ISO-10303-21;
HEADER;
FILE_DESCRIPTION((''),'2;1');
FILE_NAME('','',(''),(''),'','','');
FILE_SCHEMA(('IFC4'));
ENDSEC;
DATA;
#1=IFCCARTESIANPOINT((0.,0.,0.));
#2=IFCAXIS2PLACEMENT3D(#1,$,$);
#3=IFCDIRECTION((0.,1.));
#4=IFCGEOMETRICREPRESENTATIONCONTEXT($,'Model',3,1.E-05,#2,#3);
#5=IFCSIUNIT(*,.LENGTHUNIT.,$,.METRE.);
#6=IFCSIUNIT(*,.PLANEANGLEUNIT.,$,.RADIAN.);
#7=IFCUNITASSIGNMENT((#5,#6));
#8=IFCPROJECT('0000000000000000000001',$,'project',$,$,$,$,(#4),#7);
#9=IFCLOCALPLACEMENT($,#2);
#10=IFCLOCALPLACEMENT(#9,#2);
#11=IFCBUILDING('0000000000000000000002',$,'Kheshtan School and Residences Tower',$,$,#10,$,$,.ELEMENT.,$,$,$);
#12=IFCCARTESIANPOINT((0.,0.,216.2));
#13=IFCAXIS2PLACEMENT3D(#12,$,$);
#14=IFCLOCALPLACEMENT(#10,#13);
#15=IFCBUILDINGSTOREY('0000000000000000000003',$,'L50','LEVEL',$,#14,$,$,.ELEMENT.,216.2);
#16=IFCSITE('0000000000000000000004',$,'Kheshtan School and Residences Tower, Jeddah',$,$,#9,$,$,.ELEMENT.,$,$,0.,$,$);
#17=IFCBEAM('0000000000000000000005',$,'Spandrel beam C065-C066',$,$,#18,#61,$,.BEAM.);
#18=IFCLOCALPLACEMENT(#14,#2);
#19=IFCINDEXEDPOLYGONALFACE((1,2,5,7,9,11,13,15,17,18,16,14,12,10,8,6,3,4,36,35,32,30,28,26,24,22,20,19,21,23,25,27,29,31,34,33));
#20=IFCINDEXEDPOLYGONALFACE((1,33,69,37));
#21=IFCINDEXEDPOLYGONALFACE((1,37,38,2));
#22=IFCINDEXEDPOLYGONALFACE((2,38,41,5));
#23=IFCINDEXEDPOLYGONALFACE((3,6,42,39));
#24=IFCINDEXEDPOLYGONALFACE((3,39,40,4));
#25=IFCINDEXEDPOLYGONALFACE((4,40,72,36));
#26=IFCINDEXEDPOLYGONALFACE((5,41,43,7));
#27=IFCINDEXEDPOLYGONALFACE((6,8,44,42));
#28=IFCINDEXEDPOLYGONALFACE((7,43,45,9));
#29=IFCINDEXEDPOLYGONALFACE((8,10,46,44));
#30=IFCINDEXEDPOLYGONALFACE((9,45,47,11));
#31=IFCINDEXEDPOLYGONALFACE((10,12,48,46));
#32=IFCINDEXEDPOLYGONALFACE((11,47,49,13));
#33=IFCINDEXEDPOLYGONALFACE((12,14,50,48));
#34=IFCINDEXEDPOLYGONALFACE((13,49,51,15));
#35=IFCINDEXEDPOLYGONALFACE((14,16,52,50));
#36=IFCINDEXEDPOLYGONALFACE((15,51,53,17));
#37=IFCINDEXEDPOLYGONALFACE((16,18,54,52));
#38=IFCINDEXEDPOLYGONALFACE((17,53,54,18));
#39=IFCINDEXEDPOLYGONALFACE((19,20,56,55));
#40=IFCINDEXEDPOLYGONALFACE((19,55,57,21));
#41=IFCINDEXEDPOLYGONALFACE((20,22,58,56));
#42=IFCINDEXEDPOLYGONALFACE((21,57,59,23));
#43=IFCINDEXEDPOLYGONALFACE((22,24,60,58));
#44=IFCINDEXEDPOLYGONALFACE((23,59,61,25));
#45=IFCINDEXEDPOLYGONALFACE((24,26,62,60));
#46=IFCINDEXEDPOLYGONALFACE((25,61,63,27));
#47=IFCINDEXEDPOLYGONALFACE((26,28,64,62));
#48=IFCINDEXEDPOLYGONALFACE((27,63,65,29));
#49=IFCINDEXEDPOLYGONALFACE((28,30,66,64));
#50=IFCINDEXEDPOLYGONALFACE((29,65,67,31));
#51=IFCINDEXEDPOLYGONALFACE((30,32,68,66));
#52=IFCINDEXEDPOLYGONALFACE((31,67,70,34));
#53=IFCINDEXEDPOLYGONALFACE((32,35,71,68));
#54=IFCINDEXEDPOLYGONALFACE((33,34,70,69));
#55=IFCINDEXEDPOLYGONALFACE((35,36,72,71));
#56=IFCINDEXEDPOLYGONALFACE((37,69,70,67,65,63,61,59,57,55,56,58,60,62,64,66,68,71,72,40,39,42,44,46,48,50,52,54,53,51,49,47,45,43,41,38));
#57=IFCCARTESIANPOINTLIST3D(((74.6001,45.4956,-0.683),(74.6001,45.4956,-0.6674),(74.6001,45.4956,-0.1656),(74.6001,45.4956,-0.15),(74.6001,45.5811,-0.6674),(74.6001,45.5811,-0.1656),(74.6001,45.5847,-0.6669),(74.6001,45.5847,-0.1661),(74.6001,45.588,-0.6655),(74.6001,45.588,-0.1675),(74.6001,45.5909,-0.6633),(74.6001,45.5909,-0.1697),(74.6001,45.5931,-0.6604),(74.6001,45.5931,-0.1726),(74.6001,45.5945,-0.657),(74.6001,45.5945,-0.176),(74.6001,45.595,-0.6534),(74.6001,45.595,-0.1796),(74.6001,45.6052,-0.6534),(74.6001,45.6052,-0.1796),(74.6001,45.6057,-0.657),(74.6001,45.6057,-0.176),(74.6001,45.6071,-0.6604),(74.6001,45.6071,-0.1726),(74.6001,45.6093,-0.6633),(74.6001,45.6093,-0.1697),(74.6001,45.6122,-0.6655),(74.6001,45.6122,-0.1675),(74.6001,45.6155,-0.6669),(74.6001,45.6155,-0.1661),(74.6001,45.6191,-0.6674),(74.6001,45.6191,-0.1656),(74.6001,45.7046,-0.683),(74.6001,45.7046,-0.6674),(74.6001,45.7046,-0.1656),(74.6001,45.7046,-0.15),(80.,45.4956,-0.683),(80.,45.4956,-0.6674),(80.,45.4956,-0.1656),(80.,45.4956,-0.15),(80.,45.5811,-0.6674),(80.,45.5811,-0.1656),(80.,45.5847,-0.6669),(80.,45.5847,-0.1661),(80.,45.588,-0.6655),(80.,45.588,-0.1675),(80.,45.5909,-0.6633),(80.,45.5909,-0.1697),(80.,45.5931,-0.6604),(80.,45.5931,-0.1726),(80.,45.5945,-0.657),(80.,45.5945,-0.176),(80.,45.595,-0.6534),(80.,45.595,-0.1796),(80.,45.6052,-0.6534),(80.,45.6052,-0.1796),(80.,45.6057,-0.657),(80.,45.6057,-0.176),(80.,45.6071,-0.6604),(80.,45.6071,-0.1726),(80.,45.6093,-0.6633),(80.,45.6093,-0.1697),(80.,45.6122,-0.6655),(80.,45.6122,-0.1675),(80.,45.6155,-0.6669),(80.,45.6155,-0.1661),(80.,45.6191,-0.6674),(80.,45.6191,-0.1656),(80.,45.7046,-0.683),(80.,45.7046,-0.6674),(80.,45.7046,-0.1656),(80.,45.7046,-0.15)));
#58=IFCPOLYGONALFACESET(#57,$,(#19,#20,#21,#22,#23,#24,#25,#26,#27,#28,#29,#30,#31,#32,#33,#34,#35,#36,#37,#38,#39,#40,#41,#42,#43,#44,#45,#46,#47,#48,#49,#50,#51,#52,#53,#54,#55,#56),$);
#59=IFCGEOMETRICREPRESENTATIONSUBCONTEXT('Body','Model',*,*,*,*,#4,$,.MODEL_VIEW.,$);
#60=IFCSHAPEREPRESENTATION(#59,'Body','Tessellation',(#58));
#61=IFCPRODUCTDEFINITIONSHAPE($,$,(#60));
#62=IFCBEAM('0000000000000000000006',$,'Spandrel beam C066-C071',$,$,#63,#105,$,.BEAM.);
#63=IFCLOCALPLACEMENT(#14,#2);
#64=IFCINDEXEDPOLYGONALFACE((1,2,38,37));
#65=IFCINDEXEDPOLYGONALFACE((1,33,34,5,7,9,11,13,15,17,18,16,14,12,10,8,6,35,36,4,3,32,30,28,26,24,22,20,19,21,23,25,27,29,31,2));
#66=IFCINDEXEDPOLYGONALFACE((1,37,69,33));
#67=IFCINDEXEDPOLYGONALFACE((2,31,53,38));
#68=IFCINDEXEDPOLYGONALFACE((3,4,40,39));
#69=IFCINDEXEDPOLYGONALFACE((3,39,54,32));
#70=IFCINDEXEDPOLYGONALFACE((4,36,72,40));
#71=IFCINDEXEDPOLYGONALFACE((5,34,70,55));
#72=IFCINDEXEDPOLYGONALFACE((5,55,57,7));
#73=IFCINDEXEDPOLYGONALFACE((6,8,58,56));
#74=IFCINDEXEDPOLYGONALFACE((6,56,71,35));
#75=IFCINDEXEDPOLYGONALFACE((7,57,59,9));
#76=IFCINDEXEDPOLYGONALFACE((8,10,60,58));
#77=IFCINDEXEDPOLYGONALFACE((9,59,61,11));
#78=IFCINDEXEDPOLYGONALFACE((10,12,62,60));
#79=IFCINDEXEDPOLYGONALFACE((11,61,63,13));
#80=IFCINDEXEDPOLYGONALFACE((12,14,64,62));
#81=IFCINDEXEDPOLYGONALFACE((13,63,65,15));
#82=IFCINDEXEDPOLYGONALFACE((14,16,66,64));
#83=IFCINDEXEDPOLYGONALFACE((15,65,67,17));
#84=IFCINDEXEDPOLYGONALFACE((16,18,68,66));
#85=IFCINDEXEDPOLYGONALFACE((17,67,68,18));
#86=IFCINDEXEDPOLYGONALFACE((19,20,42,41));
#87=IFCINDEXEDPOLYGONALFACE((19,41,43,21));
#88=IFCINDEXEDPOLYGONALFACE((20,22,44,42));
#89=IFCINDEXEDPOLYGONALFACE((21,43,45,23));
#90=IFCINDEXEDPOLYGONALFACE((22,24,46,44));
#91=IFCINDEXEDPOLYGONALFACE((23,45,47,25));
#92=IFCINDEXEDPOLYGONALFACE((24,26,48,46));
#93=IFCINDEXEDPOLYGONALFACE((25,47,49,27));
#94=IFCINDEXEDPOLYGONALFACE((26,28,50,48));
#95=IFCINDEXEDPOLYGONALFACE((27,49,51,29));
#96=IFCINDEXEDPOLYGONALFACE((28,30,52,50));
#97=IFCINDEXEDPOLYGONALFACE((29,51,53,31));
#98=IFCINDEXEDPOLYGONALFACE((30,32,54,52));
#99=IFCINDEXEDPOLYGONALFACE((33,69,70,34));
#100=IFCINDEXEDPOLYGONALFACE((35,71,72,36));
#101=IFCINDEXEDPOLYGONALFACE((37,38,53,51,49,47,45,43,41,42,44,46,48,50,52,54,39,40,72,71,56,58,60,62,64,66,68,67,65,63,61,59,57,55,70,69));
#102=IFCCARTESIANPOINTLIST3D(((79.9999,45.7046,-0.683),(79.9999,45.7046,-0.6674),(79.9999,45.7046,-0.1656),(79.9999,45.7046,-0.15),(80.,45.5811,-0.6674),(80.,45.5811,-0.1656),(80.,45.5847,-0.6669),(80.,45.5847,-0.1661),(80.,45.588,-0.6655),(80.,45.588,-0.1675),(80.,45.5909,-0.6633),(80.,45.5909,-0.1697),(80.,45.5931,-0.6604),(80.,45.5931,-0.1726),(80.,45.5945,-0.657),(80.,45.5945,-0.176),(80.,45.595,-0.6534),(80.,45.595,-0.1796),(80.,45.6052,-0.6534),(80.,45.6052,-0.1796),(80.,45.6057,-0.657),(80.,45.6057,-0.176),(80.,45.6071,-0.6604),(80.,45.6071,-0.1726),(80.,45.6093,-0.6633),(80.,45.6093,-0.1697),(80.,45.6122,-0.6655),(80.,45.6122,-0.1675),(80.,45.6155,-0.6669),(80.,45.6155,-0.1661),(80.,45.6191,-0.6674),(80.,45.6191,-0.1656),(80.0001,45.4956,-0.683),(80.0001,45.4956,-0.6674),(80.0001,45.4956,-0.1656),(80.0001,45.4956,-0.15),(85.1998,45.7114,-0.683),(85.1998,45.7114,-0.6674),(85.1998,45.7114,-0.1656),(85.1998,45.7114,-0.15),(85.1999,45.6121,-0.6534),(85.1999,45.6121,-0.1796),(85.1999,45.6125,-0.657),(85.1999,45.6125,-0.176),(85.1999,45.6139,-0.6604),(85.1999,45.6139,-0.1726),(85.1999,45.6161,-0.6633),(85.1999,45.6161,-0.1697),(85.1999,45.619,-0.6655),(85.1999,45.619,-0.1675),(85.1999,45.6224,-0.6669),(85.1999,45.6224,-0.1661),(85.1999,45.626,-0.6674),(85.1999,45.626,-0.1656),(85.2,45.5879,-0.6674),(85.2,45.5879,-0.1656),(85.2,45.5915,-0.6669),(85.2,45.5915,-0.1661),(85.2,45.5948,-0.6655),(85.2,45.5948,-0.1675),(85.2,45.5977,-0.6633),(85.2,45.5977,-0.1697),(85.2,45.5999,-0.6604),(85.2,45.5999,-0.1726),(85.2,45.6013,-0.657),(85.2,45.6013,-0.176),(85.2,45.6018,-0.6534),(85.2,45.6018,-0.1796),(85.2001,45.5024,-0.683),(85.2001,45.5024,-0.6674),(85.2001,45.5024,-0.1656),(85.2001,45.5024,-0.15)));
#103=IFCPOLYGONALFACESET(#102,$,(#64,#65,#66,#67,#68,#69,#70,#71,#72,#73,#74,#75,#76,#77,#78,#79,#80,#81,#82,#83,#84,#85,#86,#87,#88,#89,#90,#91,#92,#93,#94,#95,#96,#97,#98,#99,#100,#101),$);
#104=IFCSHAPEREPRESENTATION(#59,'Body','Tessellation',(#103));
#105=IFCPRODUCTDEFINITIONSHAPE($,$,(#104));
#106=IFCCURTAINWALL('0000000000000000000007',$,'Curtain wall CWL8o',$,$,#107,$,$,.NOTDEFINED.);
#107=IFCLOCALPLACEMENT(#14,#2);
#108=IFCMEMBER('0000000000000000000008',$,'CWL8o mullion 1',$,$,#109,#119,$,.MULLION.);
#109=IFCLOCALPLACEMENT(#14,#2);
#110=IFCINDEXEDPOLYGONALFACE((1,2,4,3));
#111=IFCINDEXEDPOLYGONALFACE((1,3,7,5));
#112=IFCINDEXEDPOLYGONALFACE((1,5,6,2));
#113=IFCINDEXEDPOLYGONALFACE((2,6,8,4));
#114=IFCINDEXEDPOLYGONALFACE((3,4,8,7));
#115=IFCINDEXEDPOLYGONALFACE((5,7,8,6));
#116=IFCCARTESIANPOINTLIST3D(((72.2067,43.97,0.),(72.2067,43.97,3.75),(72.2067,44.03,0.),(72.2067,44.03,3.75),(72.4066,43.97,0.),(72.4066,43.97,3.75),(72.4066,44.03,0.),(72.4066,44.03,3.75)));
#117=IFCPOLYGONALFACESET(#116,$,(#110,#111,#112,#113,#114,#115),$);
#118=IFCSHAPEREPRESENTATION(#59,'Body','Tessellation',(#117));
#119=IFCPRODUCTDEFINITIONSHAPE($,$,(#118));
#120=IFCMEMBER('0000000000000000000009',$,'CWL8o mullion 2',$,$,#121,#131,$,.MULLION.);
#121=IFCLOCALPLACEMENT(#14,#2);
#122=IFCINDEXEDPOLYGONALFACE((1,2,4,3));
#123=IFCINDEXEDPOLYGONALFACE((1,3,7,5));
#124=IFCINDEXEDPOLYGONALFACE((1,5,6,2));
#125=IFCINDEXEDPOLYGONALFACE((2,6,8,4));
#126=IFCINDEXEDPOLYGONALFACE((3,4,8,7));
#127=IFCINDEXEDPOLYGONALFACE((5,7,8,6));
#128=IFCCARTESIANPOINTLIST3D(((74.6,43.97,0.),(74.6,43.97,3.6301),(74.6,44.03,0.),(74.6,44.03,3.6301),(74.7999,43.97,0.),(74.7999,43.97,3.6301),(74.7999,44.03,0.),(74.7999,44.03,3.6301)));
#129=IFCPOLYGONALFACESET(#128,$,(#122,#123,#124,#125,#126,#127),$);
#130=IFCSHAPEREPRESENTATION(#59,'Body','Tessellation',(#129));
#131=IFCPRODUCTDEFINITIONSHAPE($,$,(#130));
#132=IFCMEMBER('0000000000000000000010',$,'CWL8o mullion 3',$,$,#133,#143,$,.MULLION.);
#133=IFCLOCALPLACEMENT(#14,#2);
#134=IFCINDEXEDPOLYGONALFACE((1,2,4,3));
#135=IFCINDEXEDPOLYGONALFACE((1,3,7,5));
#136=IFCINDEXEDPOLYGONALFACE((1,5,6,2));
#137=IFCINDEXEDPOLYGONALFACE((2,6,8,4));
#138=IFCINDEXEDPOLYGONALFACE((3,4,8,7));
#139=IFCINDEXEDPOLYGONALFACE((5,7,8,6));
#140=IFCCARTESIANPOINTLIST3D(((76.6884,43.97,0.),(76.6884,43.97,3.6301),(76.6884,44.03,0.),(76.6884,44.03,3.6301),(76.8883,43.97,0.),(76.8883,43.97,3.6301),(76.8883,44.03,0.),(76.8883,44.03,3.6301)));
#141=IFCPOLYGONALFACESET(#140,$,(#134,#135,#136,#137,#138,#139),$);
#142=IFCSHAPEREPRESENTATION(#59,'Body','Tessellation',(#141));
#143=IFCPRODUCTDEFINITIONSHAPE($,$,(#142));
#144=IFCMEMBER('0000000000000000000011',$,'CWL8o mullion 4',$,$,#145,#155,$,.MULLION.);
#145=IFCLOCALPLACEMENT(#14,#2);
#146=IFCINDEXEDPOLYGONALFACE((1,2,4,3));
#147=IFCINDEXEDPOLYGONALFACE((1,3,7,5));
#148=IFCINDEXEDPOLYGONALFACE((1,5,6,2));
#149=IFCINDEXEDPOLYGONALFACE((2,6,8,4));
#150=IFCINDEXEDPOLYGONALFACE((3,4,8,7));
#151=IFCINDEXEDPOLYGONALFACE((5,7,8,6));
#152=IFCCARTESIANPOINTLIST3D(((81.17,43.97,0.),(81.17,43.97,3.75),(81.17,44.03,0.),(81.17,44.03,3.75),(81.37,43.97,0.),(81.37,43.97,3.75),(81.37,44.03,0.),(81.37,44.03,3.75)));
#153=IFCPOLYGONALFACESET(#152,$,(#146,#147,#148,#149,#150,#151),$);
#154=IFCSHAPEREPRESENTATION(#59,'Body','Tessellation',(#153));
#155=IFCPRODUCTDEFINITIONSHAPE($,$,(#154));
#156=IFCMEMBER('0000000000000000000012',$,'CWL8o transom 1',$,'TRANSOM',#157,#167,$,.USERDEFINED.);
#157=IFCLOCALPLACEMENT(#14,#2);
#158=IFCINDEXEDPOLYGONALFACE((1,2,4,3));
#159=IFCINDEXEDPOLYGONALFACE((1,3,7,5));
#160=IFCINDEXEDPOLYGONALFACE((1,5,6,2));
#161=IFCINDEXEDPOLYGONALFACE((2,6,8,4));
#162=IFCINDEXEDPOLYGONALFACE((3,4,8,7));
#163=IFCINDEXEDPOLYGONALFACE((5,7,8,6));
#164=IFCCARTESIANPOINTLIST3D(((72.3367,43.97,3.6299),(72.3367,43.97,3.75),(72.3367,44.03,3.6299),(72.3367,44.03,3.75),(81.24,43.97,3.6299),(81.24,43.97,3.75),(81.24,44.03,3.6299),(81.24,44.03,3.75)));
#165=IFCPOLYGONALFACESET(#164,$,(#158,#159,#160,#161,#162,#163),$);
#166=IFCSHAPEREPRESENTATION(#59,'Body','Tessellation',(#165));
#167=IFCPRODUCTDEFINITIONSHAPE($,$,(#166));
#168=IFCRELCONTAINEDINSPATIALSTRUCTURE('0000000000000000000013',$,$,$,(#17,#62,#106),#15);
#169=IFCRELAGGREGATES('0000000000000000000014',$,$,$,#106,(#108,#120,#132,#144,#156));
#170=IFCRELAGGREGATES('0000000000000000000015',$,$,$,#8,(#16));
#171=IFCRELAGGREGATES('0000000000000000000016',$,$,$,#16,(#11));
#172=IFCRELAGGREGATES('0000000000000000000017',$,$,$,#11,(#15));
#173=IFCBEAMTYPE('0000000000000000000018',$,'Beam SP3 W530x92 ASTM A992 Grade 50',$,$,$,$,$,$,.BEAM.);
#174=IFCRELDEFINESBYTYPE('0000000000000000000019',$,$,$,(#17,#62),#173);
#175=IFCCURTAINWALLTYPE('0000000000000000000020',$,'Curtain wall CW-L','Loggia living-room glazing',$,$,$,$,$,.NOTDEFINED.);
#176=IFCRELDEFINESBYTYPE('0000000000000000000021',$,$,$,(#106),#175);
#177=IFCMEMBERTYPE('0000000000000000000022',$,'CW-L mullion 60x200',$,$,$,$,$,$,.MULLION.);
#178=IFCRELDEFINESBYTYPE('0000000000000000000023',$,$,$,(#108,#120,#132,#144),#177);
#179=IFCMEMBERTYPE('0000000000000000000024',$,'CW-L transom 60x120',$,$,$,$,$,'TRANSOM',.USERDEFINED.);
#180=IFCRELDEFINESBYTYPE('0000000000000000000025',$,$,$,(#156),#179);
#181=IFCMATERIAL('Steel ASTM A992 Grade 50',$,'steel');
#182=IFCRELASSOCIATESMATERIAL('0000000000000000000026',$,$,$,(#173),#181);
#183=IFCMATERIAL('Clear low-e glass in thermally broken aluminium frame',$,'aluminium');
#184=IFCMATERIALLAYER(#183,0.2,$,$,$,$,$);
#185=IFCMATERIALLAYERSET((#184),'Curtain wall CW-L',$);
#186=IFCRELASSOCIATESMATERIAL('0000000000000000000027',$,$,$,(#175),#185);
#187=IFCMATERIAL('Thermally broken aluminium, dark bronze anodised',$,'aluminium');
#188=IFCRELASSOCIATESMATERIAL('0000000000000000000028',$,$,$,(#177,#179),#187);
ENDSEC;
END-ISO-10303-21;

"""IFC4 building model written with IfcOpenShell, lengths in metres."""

from ifc_helpers import new_model, si_unit, direction, frame, origin, origin_2d, place, context, subcontext, project, spatial, rectangle, i_section, extrude, material, layer, layer_set, material_profile, profile_set, type_object, element, aggregate, save


model = new_model("IFC4")

# Units and contexts
model_context = context("Model", 3, precision=1e-05, world=origin(), true_north=direction((0.0, 1.0)))
body_context = subcontext(model_context, "Body", "Model", "MODEL_VIEW")
ifc_project = project(units=[si_unit("LENGTHUNIT", "METRE"), si_unit("PLANEANGLEUNIT", "RADIAN")], contexts=[model_context])

# Site, building, storey
site_placement = place(None, origin())
site = spatial("IfcSite", under=ifc_project, at=site_placement, Name="Kheshtan School and Residences Tower, Jeddah", CompositionType="ELEMENT", RefElevation=0.0)
building_placement = place(site_placement, origin())
building = spatial("IfcBuilding", under=site, at=building_placement, Name="Kheshtan School and Residences Tower", CompositionType="ELEMENT")
storey_placement = place(building_placement, frame((0.0, 0.0, 216.2)))
storey = spatial("IfcBuildingStorey", under=building, at=storey_placement, Name="L50", Description="LEVEL", CompositionType="ELEMENT", Elevation=216.2)

# Shared definitions
ifc_material_1 = material(Name="Steel ASTM A992 Grade 50", Category="steel")

# Beams
ifc_material_profile_1 = material_profile(ifc_material_1, i_section(OverallWidth=0.209, OverallDepth=0.533, WebThickness=0.0103, FlangeThickness=0.0156, FilletRadius=0.0139, at=origin_2d()), Name="W530x92")
ifc_profile_set_1 = profile_set([ifc_material_profile_1], Name="Steel ASTM A992 Grade 50")
beam_type_1 = type_object("IfcBeamType", Name="Beam SP3 W530x92 ASTM A992 Grade 50", PredefinedType="BEAM", material=ifc_profile_set_1)
beam_1_placement = place(storey_placement, frame((74.6001, 45.6001, -0.4165), z_axis=(1.0, 0.0, 0.0), x_axis=(0.0, 1.0, 0.0)))
element("IfcBeam", 1, at=beam_1_placement, inside=storey, type_object=beam_type_1, Name="Spandrel beam C065-C066", PredefinedType="BEAM", context=body_context, shape_type="SweptSolid", body=[
    extrude(i_section(OverallWidth=0.209, OverallDepth=0.533, WebThickness=0.0103, FlangeThickness=0.0156, FilletRadius=0.0139, at=origin_2d()), origin(), (0.0, 0.0, 1.0), 5.3999),
])
beam_2_placement = place(storey_placement, frame((80.0, 45.6001, -0.4165), z_axis=(0.999999, 0.001315, 0.0), x_axis=(-0.001315, 0.999999, 0.0)))
element("IfcBeam", 2, at=beam_2_placement, inside=storey, type_object=beam_type_1, Name="Spandrel beam C066-C071", PredefinedType="BEAM", context=body_context, shape_type="SweptSolid", body=[
    extrude(i_section(OverallWidth=0.209, OverallDepth=0.533, WebThickness=0.0103, FlangeThickness=0.0156, FilletRadius=0.0139, at=origin_2d()), origin(), (0.0, 0.0, 1.0), 5.2),
])

# Curtain wall, members
ifc_material_2 = material(Name="Clear low-e glass in thermally broken aluminium frame", Category="aluminium")
ifc_layer_1 = layer(ifc_material_2, 0.2)
ifc_layer_set_1 = layer_set([ifc_layer_1], Name="Curtain wall CW-L")
curtain_wall_type = type_object("IfcCurtainWallType", Name="Curtain wall CW-L", Description="Loggia living-room glazing", PredefinedType="NOTDEFINED", material=ifc_layer_set_1)
curtain_wall_1_placement = place(storey_placement, origin())
curtain_wall_1 = element("IfcCurtainWall", 3, at=curtain_wall_1_placement, inside=storey, type_object=curtain_wall_type, Name="Curtain wall CWL8o", PredefinedType="NOTDEFINED")
ifc_material_3 = material(Name="Thermally broken aluminium, dark bronze anodised", Category="aluminium")
ifc_material_profile_2 = material_profile(ifc_material_3, rectangle(XDim=0.0601, YDim=0.2, at=origin_2d()), Name="CW-L mullion 60x200")
ifc_profile_set_2 = profile_set([ifc_material_profile_2], Name="Thermally broken aluminium, dark bronze anodised")
member_type_1 = type_object("IfcMemberType", Name="CW-L mullion 60x200", PredefinedType="MULLION", material=ifc_profile_set_2)
member_1_placement = place(storey_placement, frame((72.3066, 44.0, 0.0), z_axis=(0.0, 0.0, 1.0), x_axis=(0.0, 1.0, 0.0)))
member_1 = element("IfcMember", 4, at=member_1_placement, type_object=member_type_1, Name="CWL8o mullion 1", PredefinedType="MULLION", context=body_context, shape_type="SweptSolid", body=[
    extrude(rectangle(XDim=0.0601, YDim=0.2, at=origin_2d()), origin(), (0.0, 0.0, 1.0), 3.75),
])
member_2_placement = place(storey_placement, frame((74.7, 44.0, 0.0), z_axis=(0.0, 0.0, 1.0), x_axis=(0.0, 1.0, 0.0)))
member_2 = element("IfcMember", 5, at=member_2_placement, type_object=member_type_1, Name="CWL8o mullion 2", PredefinedType="MULLION", context=body_context, shape_type="SweptSolid", body=[
    extrude(rectangle(XDim=0.0601, YDim=0.2, at=origin_2d()), origin(), (0.0, 0.0, 1.0), 3.6301),
])
member_3_placement = place(storey_placement, frame((76.7883, 44.0, 0.0), z_axis=(0.0, 0.0, 1.0), x_axis=(0.0, 1.0, 0.0)))
member_3 = element("IfcMember", 6, at=member_3_placement, type_object=member_type_1, Name="CWL8o mullion 3", PredefinedType="MULLION", context=body_context, shape_type="SweptSolid", body=[
    extrude(rectangle(XDim=0.0601, YDim=0.2, at=origin_2d()), origin(), (0.0, 0.0, 1.0), 3.6301),
])
member_4_placement = place(storey_placement, frame((81.27, 44.0, 0.0), z_axis=(0.0, 0.0, 1.0), x_axis=(0.0, 1.0, 0.0)))
member_4 = element("IfcMember", 7, at=member_4_placement, type_object=member_type_1, Name="CWL8o mullion 4", PredefinedType="MULLION", context=body_context, shape_type="SweptSolid", body=[
    extrude(rectangle(XDim=0.0601, YDim=0.2, at=origin_2d()), origin(), (0.0, 0.0, 1.0), 3.75),
])
ifc_material_profile_3 = material_profile(ifc_material_3, rectangle(XDim=0.0601, YDim=0.1201, at=origin_2d()), Name="CW-L transom 60x120")
ifc_profile_set_3 = profile_set([ifc_material_profile_3], Name="Thermally broken aluminium, dark bronze anodised")
member_type_2 = type_object("IfcMemberType", Name="CW-L transom 60x120", ElementType="TRANSOM", PredefinedType="USERDEFINED", material=ifc_profile_set_3)
member_5_placement = place(storey_placement, frame((72.3367, 44.0, 3.6899), z_axis=(1.0, 0.0, 0.0), x_axis=(0.0, 1.0, 0.0)))
member_5 = element("IfcMember", 8, at=member_5_placement, type_object=member_type_2, Name="CWL8o transom 1", ObjectType="TRANSOM", PredefinedType="USERDEFINED", context=body_context, shape_type="SweptSolid", body=[
    extrude(rectangle(XDim=0.0601, YDim=0.1201, at=origin_2d()), origin(), (0.0, 0.0, 1.0), 8.9033),
])

aggregate(curtain_wall_1, [member_1, member_2, member_3, member_4, member_5])

save(model, "model.ifc")
